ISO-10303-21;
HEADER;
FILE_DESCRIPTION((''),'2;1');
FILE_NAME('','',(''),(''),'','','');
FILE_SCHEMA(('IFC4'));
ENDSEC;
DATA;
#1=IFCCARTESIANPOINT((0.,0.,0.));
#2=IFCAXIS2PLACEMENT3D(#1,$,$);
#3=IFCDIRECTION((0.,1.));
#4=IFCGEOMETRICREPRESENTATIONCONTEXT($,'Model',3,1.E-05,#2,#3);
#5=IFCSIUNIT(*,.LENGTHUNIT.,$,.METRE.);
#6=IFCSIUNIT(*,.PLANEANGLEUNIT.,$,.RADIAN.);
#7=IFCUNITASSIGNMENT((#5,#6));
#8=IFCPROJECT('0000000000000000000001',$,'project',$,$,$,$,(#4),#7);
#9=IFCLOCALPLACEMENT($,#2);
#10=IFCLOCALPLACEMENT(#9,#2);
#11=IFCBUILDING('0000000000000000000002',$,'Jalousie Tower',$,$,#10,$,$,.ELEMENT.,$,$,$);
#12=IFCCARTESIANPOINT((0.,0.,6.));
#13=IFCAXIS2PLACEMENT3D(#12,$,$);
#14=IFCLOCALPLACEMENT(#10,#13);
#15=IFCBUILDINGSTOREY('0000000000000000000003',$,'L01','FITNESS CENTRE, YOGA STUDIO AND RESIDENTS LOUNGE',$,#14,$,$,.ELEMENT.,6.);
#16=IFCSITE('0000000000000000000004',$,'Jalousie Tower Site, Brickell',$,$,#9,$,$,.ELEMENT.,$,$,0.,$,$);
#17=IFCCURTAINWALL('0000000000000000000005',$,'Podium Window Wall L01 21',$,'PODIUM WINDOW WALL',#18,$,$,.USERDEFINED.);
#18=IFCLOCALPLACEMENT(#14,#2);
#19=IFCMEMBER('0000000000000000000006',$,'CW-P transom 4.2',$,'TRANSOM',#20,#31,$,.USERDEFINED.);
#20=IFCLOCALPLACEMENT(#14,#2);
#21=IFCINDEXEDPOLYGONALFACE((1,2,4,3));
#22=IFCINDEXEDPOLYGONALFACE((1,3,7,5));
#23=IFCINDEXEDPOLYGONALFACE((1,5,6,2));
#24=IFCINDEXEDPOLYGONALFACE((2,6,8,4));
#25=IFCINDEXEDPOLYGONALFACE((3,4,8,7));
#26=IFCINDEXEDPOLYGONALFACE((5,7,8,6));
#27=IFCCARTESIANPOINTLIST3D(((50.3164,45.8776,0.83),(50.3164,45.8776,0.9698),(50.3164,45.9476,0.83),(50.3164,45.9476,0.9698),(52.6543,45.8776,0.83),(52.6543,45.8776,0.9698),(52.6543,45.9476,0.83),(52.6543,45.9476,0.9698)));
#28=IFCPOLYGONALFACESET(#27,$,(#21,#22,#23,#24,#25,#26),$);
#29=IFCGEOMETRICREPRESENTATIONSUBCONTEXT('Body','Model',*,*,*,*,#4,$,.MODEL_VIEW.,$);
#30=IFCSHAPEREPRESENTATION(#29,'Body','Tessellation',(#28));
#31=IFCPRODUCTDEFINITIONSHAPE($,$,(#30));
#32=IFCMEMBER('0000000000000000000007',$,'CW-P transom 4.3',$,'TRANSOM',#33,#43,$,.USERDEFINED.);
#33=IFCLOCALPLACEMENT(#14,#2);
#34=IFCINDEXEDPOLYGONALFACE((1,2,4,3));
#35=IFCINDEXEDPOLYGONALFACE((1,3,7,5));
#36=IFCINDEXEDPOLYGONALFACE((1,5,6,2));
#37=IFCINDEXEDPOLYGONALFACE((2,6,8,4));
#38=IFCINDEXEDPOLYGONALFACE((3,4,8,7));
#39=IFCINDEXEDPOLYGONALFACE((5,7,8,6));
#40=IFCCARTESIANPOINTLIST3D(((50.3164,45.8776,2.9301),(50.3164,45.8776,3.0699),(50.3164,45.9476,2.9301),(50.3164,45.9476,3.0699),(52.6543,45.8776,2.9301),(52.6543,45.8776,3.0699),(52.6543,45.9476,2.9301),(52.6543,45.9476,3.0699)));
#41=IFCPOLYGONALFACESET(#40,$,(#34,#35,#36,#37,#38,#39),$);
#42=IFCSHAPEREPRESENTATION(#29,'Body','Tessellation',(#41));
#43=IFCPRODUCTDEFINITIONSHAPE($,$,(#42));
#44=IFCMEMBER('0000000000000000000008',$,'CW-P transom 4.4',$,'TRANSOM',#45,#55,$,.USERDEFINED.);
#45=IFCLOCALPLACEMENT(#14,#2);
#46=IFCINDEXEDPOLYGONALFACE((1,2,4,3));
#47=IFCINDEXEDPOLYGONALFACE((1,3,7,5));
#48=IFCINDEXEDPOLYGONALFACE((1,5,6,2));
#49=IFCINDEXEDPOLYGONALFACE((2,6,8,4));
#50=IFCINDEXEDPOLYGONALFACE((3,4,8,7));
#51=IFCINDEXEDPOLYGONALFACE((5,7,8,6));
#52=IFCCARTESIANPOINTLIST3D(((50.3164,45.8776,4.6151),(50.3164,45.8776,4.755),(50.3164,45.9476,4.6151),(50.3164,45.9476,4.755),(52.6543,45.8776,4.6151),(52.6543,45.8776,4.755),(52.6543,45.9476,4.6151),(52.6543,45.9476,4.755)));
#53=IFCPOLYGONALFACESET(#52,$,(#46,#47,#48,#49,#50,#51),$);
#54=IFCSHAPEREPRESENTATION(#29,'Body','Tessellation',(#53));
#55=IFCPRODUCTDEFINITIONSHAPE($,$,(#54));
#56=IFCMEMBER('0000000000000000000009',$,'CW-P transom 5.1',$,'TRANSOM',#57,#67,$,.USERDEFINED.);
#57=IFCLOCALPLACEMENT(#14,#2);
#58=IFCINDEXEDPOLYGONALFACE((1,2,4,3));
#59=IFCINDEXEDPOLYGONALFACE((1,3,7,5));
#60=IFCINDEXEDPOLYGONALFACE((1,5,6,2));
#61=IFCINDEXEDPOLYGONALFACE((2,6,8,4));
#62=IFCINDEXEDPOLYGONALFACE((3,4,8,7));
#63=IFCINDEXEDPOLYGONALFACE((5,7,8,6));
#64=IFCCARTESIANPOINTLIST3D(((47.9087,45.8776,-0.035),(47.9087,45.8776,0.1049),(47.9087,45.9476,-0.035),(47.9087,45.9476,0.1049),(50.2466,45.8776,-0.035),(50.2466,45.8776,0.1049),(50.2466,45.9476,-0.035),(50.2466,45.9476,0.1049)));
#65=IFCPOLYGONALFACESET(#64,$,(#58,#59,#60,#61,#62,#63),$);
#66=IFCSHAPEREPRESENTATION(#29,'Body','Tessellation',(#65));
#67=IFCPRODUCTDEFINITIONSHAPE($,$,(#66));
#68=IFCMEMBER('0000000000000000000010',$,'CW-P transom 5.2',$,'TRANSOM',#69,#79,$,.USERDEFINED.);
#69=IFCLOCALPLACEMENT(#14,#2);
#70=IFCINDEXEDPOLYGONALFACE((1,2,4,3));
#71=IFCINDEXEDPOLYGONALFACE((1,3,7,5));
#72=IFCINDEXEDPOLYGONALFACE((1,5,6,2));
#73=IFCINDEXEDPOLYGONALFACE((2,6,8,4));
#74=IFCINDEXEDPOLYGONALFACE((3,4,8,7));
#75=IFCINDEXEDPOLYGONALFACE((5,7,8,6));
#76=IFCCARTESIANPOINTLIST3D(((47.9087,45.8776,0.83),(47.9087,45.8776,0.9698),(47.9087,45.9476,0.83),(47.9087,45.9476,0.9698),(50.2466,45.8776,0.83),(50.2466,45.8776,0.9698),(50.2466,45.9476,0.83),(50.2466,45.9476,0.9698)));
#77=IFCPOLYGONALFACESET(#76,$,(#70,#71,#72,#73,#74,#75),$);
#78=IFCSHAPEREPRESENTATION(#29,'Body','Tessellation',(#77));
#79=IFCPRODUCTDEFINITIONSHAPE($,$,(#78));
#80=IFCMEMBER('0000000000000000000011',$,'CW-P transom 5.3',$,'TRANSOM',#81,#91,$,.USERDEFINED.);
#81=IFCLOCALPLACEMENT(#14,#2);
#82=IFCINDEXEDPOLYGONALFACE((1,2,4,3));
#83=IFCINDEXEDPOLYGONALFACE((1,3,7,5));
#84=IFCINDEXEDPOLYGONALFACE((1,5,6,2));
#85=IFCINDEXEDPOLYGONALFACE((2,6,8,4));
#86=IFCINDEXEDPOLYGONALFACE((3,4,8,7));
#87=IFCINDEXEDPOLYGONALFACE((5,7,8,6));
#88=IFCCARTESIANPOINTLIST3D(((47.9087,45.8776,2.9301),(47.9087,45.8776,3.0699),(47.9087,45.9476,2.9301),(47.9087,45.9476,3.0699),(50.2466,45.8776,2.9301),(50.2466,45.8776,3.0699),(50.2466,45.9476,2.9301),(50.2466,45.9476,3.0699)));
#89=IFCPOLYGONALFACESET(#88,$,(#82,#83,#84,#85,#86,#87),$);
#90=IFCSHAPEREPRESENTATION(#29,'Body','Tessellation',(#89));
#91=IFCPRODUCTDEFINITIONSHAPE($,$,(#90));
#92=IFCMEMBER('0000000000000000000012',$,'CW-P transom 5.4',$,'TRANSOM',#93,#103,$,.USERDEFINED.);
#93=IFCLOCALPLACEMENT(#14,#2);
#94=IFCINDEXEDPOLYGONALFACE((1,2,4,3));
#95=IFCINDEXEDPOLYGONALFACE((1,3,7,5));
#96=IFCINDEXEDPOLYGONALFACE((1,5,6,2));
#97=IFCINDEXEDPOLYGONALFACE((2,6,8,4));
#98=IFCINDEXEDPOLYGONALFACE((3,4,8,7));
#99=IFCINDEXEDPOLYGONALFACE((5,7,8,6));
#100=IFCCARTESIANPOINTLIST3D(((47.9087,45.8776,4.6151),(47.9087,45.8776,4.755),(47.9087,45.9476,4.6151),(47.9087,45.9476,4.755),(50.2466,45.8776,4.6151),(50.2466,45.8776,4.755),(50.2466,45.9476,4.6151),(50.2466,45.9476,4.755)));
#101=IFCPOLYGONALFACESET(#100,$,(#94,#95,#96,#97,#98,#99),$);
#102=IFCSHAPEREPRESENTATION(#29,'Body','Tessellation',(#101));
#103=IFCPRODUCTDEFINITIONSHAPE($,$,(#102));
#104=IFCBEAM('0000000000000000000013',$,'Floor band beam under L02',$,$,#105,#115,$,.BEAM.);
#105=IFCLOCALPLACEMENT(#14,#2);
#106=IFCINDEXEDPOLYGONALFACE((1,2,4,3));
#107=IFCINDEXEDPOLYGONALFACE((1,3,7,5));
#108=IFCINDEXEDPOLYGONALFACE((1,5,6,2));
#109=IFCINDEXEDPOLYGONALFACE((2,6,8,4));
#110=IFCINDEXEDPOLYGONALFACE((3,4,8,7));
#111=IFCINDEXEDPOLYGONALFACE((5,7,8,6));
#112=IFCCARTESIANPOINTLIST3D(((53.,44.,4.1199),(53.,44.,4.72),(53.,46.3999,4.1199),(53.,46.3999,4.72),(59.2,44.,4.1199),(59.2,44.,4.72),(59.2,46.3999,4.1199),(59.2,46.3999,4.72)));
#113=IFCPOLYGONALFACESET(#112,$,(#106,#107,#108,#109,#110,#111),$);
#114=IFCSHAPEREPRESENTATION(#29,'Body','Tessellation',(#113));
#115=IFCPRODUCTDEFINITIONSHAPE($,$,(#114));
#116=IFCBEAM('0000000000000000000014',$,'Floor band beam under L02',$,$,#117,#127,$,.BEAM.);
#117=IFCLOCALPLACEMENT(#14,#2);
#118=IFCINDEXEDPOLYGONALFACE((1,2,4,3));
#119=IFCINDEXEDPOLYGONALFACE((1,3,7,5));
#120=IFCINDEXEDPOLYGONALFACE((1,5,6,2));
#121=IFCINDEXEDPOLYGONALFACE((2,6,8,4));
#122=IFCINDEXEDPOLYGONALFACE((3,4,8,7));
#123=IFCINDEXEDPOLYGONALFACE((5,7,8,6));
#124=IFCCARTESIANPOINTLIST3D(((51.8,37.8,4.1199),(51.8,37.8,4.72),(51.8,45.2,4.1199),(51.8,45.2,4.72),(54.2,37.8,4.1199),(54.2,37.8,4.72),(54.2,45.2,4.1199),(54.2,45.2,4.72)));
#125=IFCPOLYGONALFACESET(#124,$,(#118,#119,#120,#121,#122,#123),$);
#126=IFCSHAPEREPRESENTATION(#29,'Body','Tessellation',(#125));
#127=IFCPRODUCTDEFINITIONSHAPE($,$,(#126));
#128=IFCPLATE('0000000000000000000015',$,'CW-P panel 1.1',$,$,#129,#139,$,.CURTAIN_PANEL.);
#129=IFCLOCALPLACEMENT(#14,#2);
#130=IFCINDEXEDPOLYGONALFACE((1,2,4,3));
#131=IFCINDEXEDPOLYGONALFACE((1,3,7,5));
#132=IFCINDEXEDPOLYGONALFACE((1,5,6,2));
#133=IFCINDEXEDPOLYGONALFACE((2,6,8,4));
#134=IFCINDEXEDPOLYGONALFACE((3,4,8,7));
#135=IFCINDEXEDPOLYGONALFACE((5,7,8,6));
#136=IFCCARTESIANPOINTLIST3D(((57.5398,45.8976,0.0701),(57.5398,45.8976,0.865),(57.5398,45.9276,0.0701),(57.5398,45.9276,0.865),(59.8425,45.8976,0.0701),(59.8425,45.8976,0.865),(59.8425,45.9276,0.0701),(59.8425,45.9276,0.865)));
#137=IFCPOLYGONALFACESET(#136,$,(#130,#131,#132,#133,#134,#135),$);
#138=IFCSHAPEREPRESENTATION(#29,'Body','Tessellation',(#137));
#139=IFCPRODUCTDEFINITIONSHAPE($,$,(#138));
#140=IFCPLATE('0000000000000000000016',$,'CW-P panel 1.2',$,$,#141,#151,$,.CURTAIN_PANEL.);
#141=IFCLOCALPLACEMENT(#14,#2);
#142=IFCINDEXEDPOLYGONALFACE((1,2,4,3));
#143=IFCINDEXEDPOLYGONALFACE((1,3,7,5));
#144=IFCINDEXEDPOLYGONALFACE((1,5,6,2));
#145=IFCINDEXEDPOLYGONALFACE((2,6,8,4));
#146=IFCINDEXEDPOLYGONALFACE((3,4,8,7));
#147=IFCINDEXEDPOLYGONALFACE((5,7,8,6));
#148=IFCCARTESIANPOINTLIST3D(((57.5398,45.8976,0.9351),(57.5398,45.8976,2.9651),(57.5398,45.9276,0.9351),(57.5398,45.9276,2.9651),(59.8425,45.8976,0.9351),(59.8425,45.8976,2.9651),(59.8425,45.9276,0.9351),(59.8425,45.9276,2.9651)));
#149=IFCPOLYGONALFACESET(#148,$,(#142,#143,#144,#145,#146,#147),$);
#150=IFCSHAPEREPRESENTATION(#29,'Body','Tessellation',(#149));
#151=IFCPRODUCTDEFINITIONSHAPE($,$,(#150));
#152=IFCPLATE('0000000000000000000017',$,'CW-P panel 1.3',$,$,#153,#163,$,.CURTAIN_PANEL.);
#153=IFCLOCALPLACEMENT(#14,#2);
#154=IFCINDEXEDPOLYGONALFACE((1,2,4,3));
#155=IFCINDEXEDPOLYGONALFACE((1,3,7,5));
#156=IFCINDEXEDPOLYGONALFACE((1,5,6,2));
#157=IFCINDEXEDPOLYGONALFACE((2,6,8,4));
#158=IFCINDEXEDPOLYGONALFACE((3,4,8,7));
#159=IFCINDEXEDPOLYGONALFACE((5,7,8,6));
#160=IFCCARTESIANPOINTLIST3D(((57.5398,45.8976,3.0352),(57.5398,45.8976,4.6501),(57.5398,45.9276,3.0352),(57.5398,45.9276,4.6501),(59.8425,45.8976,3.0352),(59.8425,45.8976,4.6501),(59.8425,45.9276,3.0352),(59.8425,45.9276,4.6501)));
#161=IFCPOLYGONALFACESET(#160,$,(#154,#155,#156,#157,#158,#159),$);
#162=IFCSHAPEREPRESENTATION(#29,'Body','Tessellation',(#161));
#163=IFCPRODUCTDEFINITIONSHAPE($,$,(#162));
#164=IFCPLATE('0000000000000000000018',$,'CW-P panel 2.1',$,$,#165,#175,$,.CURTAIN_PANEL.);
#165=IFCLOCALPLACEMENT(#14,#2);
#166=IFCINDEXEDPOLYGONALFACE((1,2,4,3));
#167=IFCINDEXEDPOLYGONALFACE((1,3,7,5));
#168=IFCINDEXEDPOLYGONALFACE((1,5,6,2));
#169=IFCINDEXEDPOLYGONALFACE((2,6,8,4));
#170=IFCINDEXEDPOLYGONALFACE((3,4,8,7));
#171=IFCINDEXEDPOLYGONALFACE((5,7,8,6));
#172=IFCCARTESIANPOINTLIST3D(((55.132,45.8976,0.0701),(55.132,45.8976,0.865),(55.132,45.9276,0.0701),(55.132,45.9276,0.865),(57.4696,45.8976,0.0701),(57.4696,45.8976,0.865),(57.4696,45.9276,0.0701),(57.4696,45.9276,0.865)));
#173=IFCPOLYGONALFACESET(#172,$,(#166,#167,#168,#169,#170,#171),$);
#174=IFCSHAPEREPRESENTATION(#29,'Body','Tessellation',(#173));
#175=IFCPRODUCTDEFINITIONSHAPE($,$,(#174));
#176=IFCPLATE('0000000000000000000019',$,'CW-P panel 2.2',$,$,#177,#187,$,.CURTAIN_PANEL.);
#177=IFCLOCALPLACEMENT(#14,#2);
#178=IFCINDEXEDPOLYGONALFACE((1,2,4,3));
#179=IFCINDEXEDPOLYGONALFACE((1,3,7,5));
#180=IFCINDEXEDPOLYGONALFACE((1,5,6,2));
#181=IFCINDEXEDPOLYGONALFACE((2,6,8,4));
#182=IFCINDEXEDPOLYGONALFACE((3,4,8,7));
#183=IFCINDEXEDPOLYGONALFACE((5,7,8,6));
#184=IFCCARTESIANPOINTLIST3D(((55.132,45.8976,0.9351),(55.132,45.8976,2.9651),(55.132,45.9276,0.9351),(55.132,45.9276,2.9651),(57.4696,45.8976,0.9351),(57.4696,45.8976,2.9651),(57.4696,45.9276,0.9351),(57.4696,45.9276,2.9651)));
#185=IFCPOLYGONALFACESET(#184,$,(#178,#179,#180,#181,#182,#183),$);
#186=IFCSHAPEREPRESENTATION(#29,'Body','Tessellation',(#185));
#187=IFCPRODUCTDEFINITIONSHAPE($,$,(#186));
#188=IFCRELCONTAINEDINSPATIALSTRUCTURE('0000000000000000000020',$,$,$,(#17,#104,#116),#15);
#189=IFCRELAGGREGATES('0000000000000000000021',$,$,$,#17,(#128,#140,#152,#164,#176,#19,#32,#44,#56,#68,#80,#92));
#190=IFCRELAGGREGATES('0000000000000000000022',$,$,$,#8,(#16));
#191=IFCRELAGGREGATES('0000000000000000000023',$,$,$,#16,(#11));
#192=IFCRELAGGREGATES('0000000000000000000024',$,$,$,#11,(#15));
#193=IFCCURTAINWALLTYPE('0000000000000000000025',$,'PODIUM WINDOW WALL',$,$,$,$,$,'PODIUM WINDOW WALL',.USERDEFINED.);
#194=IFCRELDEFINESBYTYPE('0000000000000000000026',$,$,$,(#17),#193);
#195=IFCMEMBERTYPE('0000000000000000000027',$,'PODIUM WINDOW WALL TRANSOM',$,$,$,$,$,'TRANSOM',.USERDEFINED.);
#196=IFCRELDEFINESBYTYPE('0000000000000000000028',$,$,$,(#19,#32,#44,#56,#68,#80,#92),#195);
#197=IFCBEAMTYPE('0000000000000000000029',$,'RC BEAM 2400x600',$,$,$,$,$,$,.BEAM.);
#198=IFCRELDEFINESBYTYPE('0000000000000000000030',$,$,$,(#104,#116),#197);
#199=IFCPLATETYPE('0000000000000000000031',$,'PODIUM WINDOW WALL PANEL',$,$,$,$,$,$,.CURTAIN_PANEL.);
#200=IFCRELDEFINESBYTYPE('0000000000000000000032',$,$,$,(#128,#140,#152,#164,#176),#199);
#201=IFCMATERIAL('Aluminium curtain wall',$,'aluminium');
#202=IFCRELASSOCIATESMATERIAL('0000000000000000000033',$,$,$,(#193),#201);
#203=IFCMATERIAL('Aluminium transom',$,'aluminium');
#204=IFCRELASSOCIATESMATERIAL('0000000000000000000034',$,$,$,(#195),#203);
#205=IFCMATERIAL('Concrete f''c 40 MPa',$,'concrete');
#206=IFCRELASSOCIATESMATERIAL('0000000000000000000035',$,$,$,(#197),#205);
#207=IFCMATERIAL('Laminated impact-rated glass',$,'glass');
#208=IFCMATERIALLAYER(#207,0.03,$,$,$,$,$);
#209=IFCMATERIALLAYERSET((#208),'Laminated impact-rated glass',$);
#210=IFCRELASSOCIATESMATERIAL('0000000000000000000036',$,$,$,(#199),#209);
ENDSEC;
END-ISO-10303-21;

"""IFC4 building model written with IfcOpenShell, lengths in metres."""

from ifc_helpers import new_model, si_unit, direction, frame, origin, origin_2d, place, context, subcontext, project, spatial, rectangle, extrude, material, layer, layer_set, material_profile, profile_set, type_object, element, aggregate, save


model = new_model("IFC4")

# Units and contexts
model_context = context("Model", 3, precision=1e-05, world=origin(), true_north=direction((0.0, 1.0)))
body_context = subcontext(model_context, "Body", "Model", "MODEL_VIEW")
ifc_project = project(units=[si_unit("LENGTHUNIT", "METRE"), si_unit("PLANEANGLEUNIT", "RADIAN")], contexts=[model_context])

# Site, building, storey
site_placement = place(None, origin())
site = spatial("IfcSite", under=ifc_project, at=site_placement, Name="Jalousie Tower Site, Brickell", CompositionType="ELEMENT", RefElevation=0.0)
building_placement = place(site_placement, origin())
building = spatial("IfcBuilding", under=site, at=building_placement, Name="Jalousie Tower", CompositionType="ELEMENT")
storey_placement = place(building_placement, frame((0.0, 0.0, 6.0)))
storey = spatial("IfcBuildingStorey", under=building, at=storey_placement, Name="L01", Description="FITNESS CENTRE, YOGA STUDIO AND RESIDENTS LOUNGE", CompositionType="ELEMENT", Elevation=6.0)

# Curtain wall, members
ifc_material_1 = material(Name="Aluminium curtain wall", Category="aluminium")
curtain_wall_type = type_object("IfcCurtainWallType", Name="PODIUM WINDOW WALL", ElementType="PODIUM WINDOW WALL", PredefinedType="USERDEFINED", material=ifc_material_1)
curtain_wall_placement = place(storey_placement, origin())
curtain_wall = element("IfcCurtainWall", 1, at=curtain_wall_placement, inside=storey, type_object=curtain_wall_type, Name="Podium Window Wall L01 21", ObjectType="PODIUM WINDOW WALL", PredefinedType="USERDEFINED")
ifc_material_2 = material(Name="Aluminium transom", Category="aluminium")
ifc_material_profile_1 = material_profile(ifc_material_2, rectangle(XDim=0.0701, YDim=0.1399, at=origin_2d()), Name="TRANSOM 70x140")
ifc_profile_set_1 = profile_set([ifc_material_profile_1], Name="Aluminium transom")
member_type_1 = type_object("IfcMemberType", Name="PODIUM WINDOW WALL TRANSOM", ElementType="TRANSOM", PredefinedType="USERDEFINED", material=ifc_profile_set_1)
member_1_placement = place(storey_placement, frame((52.6543, 45.9126, 0.8999), z_axis=(-1.0, 0.0, 0.0), x_axis=(0.0, -1.0, 0.0)))
member_1 = element("IfcMember", 2, at=member_1_placement, type_object=member_type_1, Name="CW-P transom 4.2", ObjectType="TRANSOM", PredefinedType="USERDEFINED", context=body_context, shape_type="SweptSolid", body=[
    extrude(rectangle(XDim=0.0701, YDim=0.1399, at=origin_2d()), origin(), (0.0, 0.0, 1.0), 2.3379),
])
member_2_placement = place(storey_placement, frame((52.6543, 45.9126, 3.0), z_axis=(-1.0, 0.0, 0.0), x_axis=(0.0, -1.0, 0.0)))
member_2 = element("IfcMember", 3, at=member_2_placement, type_object=member_type_1, Name="CW-P transom 4.3", ObjectType="TRANSOM", PredefinedType="USERDEFINED", context=body_context, shape_type="SweptSolid", body=[
    extrude(rectangle(XDim=0.0701, YDim=0.1399, at=origin_2d()), origin(), (0.0, 0.0, 1.0), 2.3379),
])
member_3_placement = place(storey_placement, frame((52.6543, 45.9126, 4.6851), z_axis=(-1.0, 0.0, 0.0), x_axis=(0.0, -1.0, 0.0)))
member_3 = element("IfcMember", 4, at=member_3_placement, type_object=member_type_1, Name="CW-P transom 4.4", ObjectType="TRANSOM", PredefinedType="USERDEFINED", context=body_context, shape_type="SweptSolid", body=[
    extrude(rectangle(XDim=0.0701, YDim=0.1399, at=origin_2d()), origin(), (0.0, 0.0, 1.0), 2.3379),
])
member_4_placement = place(storey_placement, frame((50.2466, 45.9126, 0.0349), z_axis=(-1.0, 0.0, 0.0), x_axis=(0.0, -1.0, 0.0)))
member_4 = element("IfcMember", 5, at=member_4_placement, type_object=member_type_1, Name="CW-P transom 5.1", ObjectType="TRANSOM", PredefinedType="USERDEFINED", context=body_context, shape_type="SweptSolid", body=[
    extrude(rectangle(XDim=0.0701, YDim=0.1399, at=origin_2d()), origin(), (0.0, 0.0, 1.0), 2.3379),
])
member_5_placement = place(storey_placement, frame((50.2466, 45.9126, 0.8999), z_axis=(-1.0, 0.0, 0.0), x_axis=(0.0, -1.0, 0.0)))
member_5 = element("IfcMember", 6, at=member_5_placement, type_object=member_type_1, Name="CW-P transom 5.2", ObjectType="TRANSOM", PredefinedType="USERDEFINED", context=body_context, shape_type="SweptSolid", body=[
    extrude(rectangle(XDim=0.0701, YDim=0.1399, at=origin_2d()), origin(), (0.0, 0.0, 1.0), 2.3379),
])
member_6_placement = place(storey_placement, frame((50.2466, 45.9126, 3.0), z_axis=(-1.0, 0.0, 0.0), x_axis=(0.0, -1.0, 0.0)))
member_6 = element("IfcMember", 7, at=member_6_placement, type_object=member_type_1, Name="CW-P transom 5.3", ObjectType="TRANSOM", PredefinedType="USERDEFINED", context=body_context, shape_type="SweptSolid", body=[
    extrude(rectangle(XDim=0.0701, YDim=0.1399, at=origin_2d()), origin(), (0.0, 0.0, 1.0), 2.3379),
])
member_7_placement = place(storey_placement, frame((50.2466, 45.9126, 4.6851), z_axis=(-1.0, 0.0, 0.0), x_axis=(0.0, -1.0, 0.0)))
member_7 = element("IfcMember", 8, at=member_7_placement, type_object=member_type_1, Name="CW-P transom 5.4", ObjectType="TRANSOM", PredefinedType="USERDEFINED", context=body_context, shape_type="SweptSolid", body=[
    extrude(rectangle(XDim=0.0701, YDim=0.1399, at=origin_2d()), origin(), (0.0, 0.0, 1.0), 2.3379),
])

# Beams
ifc_material_3 = material(Name="Concrete f'c 40 MPa", Category="concrete")
ifc_material_profile_2 = material_profile(ifc_material_3, rectangle(XDim=2.3999, YDim=0.6001, at=origin_2d()), Name="RC 2400x600")
ifc_profile_set_2 = profile_set([ifc_material_profile_2], Name="Concrete f'c 40 MPa")
beam_type = type_object("IfcBeamType", Name="RC BEAM 2400x600", PredefinedType="BEAM", material=ifc_profile_set_2)
beam_1_placement = place(storey_placement, frame((53.0, 45.2, 4.4199), z_axis=(1.0, 0.0, 0.0), x_axis=(0.0, 1.0, 0.0)))
element("IfcBeam", 9, at=beam_1_placement, inside=storey, type_object=beam_type, Name="Floor band beam under L02", PredefinedType="BEAM", context=body_context, shape_type="SweptSolid", body=[
    extrude(rectangle(XDim=2.3999, YDim=0.6001, at=origin_2d()), origin(), (0.0, 0.0, 1.0), 6.2),
])
beam_2_placement = place(storey_placement, frame((53.0, 45.2, 4.4199), z_axis=(0.0, -1.0, 0.0), x_axis=(1.0, 0.0, 0.0)))
element("IfcBeam", 10, at=beam_2_placement, inside=storey, type_object=beam_type, Name="Floor band beam under L02", PredefinedType="BEAM", context=body_context, shape_type="SweptSolid", body=[
    extrude(rectangle(XDim=2.3999, YDim=0.6001, at=origin_2d()), origin(), (0.0, 0.0, 1.0), 7.3999),
])

# Plates
ifc_material_4 = material(Name="Laminated impact-rated glass", Category="glass")
ifc_layer = layer(ifc_material_4, 0.03)
ifc_layer_set = layer_set([ifc_layer], Name="Laminated impact-rated glass")
plate_type = type_object("IfcPlateType", Name="PODIUM WINDOW WALL PANEL", PredefinedType="CURTAIN_PANEL", material=ifc_layer_set)
plate_1_placement = place(storey_placement, frame((58.6912, 45.9126, 0.0701), z_axis=(0.0, 0.0, 1.0), x_axis=(-1.0, 0.0, 0.0)))
plate_1 = element("IfcPlate", 11, at=plate_1_placement, type_object=plate_type, Name="CW-P panel 1.1", PredefinedType="CURTAIN_PANEL", context=body_context, shape_type="SweptSolid", body=[
    extrude(rectangle(XDim=2.3027, YDim=0.03, at=origin_2d()), origin(), (0.0, 0.0, 1.0), 0.7949),
])
plate_2_placement = place(storey_placement, frame((58.6912, 45.9126, 0.9351), z_axis=(0.0, 0.0, 1.0), x_axis=(-1.0, 0.0, 0.0)))
plate_2 = element("IfcPlate", 12, at=plate_2_placement, type_object=plate_type, Name="CW-P panel 1.2", PredefinedType="CURTAIN_PANEL", context=body_context, shape_type="SweptSolid", body=[
    extrude(rectangle(XDim=2.3027, YDim=0.03, at=origin_2d()), origin(), (0.0, 0.0, 1.0), 2.03),
])
plate_3_placement = place(storey_placement, frame((58.6912, 45.9126, 3.0352), z_axis=(0.0, 0.0, 1.0), x_axis=(-1.0, 0.0, 0.0)))
plate_3 = element("IfcPlate", 13, at=plate_3_placement, type_object=plate_type, Name="CW-P panel 1.3", PredefinedType="CURTAIN_PANEL", context=body_context, shape_type="SweptSolid", body=[
    extrude(rectangle(XDim=2.3027, YDim=0.03, at=origin_2d()), origin(), (0.0, 0.0, 1.0), 1.615),
])
plate_4_placement = place(storey_placement, frame((56.3008, 45.9126, 0.0701), z_axis=(0.0, 0.0, 1.0), x_axis=(-1.0, 0.0, 0.0)))
plate_4 = element("IfcPlate", 14, at=plate_4_placement, type_object=plate_type, Name="CW-P panel 2.1", PredefinedType="CURTAIN_PANEL", context=body_context, shape_type="SweptSolid", body=[
    extrude(rectangle(XDim=2.3376, YDim=0.03, at=origin_2d()), origin(), (0.0, 0.0, 1.0), 0.7949),
])
plate_5_placement = place(storey_placement, frame((56.3008, 45.9126, 0.9351), z_axis=(0.0, 0.0, 1.0), x_axis=(-1.0, 0.0, 0.0)))
plate_5 = element("IfcPlate", 15, at=plate_5_placement, type_object=plate_type, Name="CW-P panel 2.2", PredefinedType="CURTAIN_PANEL", context=body_context, shape_type="SweptSolid", body=[
    extrude(rectangle(XDim=2.3376, YDim=0.03, at=origin_2d()), origin(), (0.0, 0.0, 1.0), 2.03),
])
aggregate(curtain_wall, [plate_1, plate_2, plate_3, plate_4, plate_5, member_1, member_2, member_3, member_4, member_5, member_6, member_7])

save(model, "model.ifc")
